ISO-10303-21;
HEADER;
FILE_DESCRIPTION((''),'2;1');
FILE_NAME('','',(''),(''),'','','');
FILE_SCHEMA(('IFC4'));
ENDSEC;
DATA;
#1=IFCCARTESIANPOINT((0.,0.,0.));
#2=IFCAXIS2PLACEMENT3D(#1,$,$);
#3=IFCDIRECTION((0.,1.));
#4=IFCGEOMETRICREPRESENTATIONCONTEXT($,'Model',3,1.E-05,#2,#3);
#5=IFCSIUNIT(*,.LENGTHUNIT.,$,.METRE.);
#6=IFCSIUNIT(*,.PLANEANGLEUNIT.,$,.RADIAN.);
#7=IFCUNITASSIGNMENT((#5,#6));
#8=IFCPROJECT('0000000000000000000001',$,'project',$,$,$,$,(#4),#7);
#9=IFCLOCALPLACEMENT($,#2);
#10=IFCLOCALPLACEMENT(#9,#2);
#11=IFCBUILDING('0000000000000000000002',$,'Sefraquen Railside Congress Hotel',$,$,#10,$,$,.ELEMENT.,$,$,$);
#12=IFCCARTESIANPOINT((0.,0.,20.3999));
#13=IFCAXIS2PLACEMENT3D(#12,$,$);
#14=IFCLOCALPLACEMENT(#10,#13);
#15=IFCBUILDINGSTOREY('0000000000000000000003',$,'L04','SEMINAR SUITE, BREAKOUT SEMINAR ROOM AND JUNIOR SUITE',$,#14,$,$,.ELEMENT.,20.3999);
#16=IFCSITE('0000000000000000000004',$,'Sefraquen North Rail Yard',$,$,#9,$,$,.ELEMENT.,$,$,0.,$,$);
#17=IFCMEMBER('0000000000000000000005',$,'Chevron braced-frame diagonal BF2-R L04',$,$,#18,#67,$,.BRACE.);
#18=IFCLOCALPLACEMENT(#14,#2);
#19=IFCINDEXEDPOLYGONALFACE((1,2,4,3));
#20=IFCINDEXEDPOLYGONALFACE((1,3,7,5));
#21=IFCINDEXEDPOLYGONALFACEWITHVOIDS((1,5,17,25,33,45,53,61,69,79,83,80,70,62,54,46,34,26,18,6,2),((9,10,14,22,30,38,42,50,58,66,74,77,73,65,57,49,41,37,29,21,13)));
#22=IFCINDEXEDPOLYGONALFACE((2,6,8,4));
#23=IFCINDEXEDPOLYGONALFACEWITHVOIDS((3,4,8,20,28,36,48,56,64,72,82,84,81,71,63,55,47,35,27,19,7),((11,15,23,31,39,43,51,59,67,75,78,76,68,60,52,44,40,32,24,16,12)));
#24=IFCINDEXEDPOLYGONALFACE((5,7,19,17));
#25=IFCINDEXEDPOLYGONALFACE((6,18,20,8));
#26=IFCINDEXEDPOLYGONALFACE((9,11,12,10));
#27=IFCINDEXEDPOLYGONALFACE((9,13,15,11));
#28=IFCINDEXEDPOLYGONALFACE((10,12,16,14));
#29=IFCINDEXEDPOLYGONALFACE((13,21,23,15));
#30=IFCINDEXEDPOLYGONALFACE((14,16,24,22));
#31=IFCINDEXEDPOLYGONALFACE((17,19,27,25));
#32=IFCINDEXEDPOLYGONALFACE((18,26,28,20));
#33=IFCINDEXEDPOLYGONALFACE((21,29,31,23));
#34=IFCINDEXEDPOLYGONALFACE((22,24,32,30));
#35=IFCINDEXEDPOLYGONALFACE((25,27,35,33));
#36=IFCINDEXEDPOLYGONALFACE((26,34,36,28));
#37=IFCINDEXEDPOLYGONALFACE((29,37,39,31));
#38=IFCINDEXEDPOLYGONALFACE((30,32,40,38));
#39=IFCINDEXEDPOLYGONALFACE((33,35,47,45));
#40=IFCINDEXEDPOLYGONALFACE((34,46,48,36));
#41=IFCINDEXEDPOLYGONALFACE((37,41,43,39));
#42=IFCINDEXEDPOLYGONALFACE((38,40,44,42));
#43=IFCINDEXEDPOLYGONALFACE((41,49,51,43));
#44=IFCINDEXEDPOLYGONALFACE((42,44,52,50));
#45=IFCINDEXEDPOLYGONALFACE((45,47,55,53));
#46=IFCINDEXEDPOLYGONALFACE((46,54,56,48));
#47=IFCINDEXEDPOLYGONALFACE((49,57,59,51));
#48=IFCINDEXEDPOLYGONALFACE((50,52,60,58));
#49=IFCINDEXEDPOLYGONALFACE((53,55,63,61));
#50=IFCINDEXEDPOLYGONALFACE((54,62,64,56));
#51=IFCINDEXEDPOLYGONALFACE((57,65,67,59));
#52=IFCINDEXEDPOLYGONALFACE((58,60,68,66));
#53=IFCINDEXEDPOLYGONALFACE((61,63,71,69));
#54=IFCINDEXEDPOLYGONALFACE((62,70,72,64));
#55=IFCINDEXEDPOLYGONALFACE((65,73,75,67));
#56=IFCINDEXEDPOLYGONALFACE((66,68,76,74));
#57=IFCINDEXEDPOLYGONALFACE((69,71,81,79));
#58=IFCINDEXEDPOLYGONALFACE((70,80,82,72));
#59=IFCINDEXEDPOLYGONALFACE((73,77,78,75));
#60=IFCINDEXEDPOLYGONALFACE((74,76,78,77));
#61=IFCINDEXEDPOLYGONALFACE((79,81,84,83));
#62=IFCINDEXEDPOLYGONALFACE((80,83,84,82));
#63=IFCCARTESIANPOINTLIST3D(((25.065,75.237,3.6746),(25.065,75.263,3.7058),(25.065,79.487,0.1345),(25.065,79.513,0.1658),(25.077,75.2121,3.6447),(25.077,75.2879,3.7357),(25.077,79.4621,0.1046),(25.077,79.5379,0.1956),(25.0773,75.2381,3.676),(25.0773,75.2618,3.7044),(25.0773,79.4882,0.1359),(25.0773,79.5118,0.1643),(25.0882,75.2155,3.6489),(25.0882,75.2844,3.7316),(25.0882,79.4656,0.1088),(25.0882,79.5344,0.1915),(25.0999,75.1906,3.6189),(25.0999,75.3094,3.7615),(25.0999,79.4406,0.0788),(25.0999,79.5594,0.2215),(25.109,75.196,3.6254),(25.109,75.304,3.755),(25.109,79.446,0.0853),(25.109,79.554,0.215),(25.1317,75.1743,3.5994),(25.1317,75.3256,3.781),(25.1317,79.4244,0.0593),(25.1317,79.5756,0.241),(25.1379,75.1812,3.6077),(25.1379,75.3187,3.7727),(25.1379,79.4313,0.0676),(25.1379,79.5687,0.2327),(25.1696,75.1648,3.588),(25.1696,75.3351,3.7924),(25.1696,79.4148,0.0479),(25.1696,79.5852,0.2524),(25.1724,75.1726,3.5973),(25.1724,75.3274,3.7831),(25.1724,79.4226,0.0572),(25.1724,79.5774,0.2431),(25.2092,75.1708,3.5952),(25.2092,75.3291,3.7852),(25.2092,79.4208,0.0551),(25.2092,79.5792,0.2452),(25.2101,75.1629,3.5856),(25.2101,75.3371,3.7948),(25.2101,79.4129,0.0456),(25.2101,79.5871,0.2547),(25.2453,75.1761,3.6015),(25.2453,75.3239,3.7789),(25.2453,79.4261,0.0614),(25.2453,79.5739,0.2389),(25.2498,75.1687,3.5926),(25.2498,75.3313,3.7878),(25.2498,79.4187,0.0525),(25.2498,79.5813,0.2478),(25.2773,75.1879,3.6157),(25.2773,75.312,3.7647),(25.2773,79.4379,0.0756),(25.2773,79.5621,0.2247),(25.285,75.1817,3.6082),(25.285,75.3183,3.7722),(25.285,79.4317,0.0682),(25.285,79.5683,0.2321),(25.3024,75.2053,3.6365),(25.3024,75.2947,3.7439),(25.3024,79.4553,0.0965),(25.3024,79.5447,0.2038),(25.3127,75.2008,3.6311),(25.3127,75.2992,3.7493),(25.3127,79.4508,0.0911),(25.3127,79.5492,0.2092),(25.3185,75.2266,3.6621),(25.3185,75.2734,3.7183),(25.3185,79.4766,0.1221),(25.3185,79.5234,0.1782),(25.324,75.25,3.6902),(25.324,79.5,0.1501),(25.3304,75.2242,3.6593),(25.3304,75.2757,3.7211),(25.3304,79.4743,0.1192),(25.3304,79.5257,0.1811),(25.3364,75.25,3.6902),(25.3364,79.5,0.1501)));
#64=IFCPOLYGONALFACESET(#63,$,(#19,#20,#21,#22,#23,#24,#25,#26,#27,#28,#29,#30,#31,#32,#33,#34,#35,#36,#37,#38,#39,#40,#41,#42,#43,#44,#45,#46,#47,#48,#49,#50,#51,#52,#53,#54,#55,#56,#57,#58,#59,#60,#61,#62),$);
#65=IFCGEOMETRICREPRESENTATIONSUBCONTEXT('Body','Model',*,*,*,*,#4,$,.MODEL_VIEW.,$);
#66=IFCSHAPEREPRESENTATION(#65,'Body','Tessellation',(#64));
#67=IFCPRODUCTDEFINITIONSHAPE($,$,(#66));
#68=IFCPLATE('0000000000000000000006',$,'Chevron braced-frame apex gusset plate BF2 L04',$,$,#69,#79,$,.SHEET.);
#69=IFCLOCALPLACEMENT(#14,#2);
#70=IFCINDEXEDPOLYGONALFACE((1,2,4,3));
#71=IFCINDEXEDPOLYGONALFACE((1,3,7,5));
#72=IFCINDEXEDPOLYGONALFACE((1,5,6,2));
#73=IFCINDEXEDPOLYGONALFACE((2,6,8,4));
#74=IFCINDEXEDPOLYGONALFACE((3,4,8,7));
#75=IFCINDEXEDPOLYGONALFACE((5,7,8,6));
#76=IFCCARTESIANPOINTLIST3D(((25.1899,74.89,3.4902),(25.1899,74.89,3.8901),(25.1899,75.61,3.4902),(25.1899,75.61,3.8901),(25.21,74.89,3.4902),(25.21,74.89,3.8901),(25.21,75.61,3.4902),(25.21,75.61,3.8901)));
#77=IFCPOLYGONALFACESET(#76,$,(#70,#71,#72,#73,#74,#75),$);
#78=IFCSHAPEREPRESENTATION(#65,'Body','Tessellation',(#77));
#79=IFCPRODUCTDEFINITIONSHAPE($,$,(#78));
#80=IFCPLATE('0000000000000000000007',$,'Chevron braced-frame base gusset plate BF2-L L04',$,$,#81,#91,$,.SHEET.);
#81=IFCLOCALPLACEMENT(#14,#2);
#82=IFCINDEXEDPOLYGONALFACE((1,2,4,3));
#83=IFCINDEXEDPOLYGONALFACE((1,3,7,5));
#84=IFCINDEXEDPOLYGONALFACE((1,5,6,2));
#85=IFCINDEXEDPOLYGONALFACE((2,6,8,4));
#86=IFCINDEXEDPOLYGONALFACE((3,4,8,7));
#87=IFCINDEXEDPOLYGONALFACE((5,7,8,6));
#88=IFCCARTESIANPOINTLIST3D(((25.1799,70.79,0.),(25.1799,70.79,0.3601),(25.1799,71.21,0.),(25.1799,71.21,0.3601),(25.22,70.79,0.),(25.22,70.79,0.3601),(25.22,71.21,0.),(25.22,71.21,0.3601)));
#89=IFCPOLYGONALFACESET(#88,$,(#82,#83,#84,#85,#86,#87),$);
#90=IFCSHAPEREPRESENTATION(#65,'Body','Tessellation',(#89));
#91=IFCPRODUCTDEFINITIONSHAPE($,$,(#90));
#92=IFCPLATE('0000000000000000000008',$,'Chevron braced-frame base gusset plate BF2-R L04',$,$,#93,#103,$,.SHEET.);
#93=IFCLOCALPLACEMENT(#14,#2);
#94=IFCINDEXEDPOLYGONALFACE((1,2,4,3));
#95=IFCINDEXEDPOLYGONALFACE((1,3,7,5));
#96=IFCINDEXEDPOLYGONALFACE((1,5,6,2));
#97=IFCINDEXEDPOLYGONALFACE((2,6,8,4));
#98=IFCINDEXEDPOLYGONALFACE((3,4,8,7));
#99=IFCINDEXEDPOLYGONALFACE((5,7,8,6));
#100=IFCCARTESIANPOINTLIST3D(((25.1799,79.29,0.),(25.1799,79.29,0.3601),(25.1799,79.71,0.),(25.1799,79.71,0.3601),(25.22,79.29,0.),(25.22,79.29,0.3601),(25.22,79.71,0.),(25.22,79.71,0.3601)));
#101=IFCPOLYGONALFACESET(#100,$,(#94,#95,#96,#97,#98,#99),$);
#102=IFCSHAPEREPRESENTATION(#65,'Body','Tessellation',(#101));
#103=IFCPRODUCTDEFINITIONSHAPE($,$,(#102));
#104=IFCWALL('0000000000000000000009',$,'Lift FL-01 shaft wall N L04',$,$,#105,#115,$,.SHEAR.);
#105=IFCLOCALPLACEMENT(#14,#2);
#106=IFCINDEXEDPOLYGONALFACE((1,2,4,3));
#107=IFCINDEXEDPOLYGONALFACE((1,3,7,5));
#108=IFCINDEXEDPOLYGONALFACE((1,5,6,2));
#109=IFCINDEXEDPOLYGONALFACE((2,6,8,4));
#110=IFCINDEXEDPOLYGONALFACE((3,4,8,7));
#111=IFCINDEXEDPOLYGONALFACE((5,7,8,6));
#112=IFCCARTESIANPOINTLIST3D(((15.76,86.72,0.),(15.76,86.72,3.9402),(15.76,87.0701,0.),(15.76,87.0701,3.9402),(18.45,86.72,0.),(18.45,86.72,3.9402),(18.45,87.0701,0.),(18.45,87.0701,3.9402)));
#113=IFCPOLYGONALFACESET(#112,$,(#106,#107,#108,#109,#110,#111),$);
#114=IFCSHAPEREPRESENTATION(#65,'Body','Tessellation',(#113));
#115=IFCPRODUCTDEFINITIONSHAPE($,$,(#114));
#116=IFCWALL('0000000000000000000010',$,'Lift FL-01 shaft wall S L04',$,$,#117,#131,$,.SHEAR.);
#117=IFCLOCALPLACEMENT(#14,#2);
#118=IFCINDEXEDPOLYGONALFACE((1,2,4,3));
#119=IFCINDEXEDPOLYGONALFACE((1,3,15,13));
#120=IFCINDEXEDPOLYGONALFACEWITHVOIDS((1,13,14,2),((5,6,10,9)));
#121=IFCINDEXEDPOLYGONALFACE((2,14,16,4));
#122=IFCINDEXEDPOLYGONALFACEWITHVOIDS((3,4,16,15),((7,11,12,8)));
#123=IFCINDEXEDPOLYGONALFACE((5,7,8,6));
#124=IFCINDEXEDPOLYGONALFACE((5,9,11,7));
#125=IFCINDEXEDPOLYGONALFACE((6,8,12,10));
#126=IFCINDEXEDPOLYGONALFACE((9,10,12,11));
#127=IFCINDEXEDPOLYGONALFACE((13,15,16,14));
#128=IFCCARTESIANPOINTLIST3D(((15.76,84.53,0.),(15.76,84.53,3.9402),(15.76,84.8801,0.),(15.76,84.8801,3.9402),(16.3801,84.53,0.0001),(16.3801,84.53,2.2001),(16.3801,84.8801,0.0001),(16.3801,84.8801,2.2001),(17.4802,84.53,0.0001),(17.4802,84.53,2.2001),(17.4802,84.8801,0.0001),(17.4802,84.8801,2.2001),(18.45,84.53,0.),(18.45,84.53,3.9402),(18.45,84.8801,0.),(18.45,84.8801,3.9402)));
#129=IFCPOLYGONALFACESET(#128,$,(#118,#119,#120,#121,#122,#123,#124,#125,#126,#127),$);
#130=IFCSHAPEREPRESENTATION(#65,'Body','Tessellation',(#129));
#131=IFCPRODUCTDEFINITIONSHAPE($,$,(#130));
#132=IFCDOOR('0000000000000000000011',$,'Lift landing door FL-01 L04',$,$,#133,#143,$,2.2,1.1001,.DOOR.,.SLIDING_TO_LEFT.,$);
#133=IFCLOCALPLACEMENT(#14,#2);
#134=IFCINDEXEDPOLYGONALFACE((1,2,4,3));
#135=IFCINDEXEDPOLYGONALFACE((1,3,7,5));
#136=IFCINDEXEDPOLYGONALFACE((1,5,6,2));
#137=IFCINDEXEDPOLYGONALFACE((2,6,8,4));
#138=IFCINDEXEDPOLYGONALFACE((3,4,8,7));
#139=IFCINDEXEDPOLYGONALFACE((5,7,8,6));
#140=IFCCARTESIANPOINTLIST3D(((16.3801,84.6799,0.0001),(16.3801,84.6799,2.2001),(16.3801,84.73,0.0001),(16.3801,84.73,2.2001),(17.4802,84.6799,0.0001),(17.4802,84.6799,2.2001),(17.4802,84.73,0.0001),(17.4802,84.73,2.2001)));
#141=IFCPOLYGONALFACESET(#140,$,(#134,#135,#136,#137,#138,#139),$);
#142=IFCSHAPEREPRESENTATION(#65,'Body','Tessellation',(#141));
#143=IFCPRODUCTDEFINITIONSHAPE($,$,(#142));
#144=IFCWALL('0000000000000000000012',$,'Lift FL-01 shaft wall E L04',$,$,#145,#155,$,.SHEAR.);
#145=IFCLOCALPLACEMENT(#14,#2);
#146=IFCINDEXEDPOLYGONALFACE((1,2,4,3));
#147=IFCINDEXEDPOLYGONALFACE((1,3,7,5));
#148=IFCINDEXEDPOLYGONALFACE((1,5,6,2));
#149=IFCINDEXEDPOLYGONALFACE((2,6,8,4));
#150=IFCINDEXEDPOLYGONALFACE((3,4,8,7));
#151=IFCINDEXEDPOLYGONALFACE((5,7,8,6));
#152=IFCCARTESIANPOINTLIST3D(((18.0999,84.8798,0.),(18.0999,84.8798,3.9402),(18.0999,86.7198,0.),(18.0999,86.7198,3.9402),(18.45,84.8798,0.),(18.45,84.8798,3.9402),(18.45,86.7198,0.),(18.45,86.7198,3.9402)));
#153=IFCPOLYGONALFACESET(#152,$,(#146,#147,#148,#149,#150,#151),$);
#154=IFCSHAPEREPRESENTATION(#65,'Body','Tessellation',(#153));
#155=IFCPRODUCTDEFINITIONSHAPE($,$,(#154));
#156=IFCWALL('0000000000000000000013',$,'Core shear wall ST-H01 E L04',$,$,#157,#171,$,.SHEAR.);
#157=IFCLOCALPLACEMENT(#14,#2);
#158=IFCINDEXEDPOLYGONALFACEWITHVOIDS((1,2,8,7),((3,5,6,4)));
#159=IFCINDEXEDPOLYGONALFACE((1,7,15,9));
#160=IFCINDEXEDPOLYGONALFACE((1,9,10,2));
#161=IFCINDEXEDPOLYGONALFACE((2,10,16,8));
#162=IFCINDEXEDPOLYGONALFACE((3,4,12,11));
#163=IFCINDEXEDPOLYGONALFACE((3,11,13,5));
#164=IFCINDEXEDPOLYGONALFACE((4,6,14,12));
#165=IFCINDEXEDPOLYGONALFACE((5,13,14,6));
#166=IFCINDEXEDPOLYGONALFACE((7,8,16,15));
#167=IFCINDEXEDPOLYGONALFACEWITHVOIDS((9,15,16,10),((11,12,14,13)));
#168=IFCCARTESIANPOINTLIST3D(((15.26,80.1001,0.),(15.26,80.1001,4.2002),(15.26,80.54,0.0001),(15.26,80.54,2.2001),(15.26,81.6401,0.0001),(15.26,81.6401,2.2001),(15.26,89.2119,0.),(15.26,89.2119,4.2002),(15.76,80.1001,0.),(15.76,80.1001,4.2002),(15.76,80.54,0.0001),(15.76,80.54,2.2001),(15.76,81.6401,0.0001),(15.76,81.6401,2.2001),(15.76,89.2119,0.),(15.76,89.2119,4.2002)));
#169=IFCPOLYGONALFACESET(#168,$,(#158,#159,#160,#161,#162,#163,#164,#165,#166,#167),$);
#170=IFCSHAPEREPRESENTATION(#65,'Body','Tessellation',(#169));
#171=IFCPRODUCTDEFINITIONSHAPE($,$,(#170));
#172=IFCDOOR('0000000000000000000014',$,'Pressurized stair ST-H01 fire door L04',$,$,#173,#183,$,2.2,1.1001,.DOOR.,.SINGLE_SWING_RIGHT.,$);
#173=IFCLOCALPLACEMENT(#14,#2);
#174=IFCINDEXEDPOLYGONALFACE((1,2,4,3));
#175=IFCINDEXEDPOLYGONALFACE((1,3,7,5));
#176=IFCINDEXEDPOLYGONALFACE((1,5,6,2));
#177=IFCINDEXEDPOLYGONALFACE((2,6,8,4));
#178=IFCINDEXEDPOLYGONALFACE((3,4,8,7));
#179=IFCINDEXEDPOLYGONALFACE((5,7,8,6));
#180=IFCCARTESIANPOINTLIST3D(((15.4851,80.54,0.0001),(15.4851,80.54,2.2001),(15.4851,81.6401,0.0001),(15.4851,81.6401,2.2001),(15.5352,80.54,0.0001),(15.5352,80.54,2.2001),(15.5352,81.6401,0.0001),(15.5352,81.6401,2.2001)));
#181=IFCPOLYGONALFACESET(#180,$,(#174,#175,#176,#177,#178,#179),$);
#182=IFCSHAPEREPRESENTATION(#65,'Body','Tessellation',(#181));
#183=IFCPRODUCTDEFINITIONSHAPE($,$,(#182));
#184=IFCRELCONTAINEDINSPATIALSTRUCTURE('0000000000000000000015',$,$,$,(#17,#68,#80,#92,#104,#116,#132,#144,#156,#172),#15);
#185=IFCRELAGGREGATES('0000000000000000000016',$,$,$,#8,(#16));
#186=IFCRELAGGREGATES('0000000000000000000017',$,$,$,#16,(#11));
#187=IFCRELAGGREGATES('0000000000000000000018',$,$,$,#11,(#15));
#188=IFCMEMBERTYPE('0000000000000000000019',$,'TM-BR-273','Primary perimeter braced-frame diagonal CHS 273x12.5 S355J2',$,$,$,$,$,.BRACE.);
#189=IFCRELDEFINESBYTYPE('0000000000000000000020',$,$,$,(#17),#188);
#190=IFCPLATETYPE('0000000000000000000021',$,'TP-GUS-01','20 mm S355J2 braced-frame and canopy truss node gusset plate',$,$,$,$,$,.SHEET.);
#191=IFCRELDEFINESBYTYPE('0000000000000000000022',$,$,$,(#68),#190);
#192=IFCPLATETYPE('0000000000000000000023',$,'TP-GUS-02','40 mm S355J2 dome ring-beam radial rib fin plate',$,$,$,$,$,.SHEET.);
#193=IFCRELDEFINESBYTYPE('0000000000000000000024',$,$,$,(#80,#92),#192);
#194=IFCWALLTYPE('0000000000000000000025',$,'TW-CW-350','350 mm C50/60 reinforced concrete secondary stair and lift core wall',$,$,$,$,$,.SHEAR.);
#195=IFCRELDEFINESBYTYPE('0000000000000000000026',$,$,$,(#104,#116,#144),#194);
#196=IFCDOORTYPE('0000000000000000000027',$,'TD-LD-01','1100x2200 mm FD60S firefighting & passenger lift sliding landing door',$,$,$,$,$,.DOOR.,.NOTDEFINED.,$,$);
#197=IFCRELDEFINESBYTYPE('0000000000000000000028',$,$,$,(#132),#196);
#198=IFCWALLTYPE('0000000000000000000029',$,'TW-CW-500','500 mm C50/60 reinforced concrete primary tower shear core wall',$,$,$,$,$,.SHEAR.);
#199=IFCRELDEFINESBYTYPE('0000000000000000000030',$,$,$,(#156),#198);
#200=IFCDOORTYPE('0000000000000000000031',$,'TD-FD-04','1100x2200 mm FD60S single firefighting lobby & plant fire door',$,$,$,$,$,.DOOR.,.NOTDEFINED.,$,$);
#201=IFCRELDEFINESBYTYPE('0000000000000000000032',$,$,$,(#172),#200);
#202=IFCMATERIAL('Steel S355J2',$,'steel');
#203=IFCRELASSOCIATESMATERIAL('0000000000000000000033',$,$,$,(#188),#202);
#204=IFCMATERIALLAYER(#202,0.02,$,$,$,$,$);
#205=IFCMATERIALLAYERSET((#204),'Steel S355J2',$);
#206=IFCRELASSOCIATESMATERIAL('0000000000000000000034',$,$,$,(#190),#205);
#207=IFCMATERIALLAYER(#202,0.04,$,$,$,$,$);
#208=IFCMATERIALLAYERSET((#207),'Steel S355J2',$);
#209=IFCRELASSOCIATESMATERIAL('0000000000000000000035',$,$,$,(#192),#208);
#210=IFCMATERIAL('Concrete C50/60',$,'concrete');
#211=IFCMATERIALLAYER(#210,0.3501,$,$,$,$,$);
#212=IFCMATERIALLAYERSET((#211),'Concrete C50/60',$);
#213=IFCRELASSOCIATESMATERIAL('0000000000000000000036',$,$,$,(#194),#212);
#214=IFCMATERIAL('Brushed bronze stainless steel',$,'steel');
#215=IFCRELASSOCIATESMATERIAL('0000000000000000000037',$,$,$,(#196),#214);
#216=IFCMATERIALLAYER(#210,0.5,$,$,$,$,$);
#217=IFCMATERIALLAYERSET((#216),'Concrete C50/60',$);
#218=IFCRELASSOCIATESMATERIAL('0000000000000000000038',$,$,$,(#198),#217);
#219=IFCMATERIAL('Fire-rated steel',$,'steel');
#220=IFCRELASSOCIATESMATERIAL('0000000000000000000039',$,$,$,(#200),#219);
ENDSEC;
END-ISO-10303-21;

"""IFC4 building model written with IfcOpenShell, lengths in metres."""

from ifc_helpers import new_model, si_unit, direction, frame, frame_2d, origin, origin_2d, place, context, subcontext, project, spatial, rectangle, hollow_circle, extrude, material, layer, layer_set, material_profile, profile_set, type_object, element, fill, save


model = new_model("IFC4")

# Units and contexts
model_context = context("Model", 3, precision=1e-05, world=origin(), true_north=direction((0.0, 1.0)))
body_context = subcontext(model_context, "Body", "Model", "MODEL_VIEW")
ifc_project = project(units=[si_unit("LENGTHUNIT", "METRE"), si_unit("PLANEANGLEUNIT", "RADIAN")], contexts=[model_context])

# Site, building, storey
site_placement = place(None, origin())
site = spatial("IfcSite", under=ifc_project, at=site_placement, Name="Sefraquen North Rail Yard", CompositionType="ELEMENT", RefElevation=0.0)
building_placement = place(site_placement, origin())
building = spatial("IfcBuilding", under=site, at=building_placement, Name="Sefraquen Railside Congress Hotel", CompositionType="ELEMENT")
storey_placement = place(building_placement, frame((0.0, 0.0, 20.3999)))
storey = spatial("IfcBuildingStorey", under=building, at=storey_placement, Name="L04", Description="SEMINAR SUITE, BREAKOUT SEMINAR ROOM AND JUNIOR SUITE", CompositionType="ELEMENT", Elevation=20.3999)

# Member
ifc_material_1 = material(Name="Steel S355J2", Category="steel")
ifc_material_profile_1 = material_profile(ifc_material_1, hollow_circle(Radius=0.1365, WallThickness=0.0125, at=origin_2d()), Name="CHS 273x12.5")
ifc_profile_set_1 = profile_set([ifc_material_profile_1], Name="Steel S355J2")
member_type = type_object("IfcMemberType", Name="TM-BR-273", Description="Primary perimeter braced-frame diagonal CHS 273x12.5 S355J2", PredefinedType="BRACE", material=ifc_profile_set_1)
for number, where, z_axis, x_axis, name in (
    (1, (25.2, 79.5, 0.1501), (0.0, -0.768366, 0.640011), (1.0, 0.0, 0.0), "Chevron braced-frame diagonal BF2-R L04"),
):
    element("IfcMember", number, at=place(storey_placement, frame(where, z_axis=z_axis, x_axis=x_axis)), inside=storey, type_object=member_type, Name=name, PredefinedType="BRACE", context=body_context, shape_type="SweptSolid", body=[
        extrude(hollow_circle(Radius=0.1365, WallThickness=0.0125, at=origin_2d()), origin(), (0.0, 0.0, 1.0), 5.5312),
    ])

# Plates
ifc_layer_1 = layer(ifc_material_1, 0.02)
ifc_layer_set_1 = layer_set([ifc_layer_1], Name="Steel S355J2")
plate_type_1 = type_object("IfcPlateType", Name="TP-GUS-01", Description="20 mm S355J2 braced-frame and canopy truss node gusset plate", PredefinedType="SHEET", material=ifc_layer_set_1)
plate_placement = place(storey_placement, frame((25.2, 75.25, 3.4902), z_axis=(0.0, 0.0, 1.0), x_axis=(0.0, 1.0, 0.0)))
element("IfcPlate", 2, at=plate_placement, inside=storey, type_object=plate_type_1, Name="Chevron braced-frame apex gusset plate BF2 L04", PredefinedType="SHEET", context=body_context, shape_type="SweptSolid", body=[
    extrude(rectangle(XDim=0.72, YDim=0.02, at=origin_2d()), origin(), (0.0, 0.0, 1.0), 0.3999),
])
ifc_layer_2 = layer(ifc_material_1, 0.04)
ifc_layer_set_2 = layer_set([ifc_layer_2], Name="Steel S355J2")
plate_type_2 = type_object("IfcPlateType", Name="TP-GUS-02", Description="40 mm S355J2 dome ring-beam radial rib fin plate", PredefinedType="SHEET", material=ifc_layer_set_2)
for number, where, z_axis, x_axis, name in (
    (3, (25.2, 71.0, 0.0), (0.0, 0.0, 1.0), (0.0, 1.0, 0.0), "Chevron braced-frame base gusset plate BF2-L L04"),
    (4, (25.2, 79.5, 0.0), (0.0, 0.0, 1.0), (0.0, 1.0, 0.0), "Chevron braced-frame base gusset plate BF2-R L04"),
):
    element("IfcPlate", number, at=place(storey_placement, frame(where, z_axis=z_axis, x_axis=x_axis)), inside=storey, type_object=plate_type_2, Name=name, PredefinedType="SHEET", context=body_context, shape_type="SweptSolid", body=[
        extrude(rectangle(XDim=0.4199, YDim=0.04, at=origin_2d()), origin(), (0.0, 0.0, 1.0), 0.3601),
    ])

# Wall
ifc_material_2 = material(Name="Concrete C50/60", Category="concrete")
ifc_layer_3 = layer(ifc_material_2, 0.3501)
ifc_layer_set_3 = layer_set([ifc_layer_3], Name="Concrete C50/60")
wall_type_1 = type_object("IfcWallType", Name="TW-CW-350", Description="350 mm C50/60 reinforced concrete secondary stair and lift core wall", PredefinedType="SHEAR", material=ifc_layer_set_3)
wall_1_placement = place(storey_placement, frame((15.76, 86.895, 0.0), z_axis=(0.0, 0.0, 1.0), x_axis=(1.0, 0.0, 0.0)))
element("IfcWall", 5, at=wall_1_placement, inside=storey, type_object=wall_type_1, Name="Lift FL-01 shaft wall N L04", PredefinedType="SHEAR", context=body_context, shape_type="SweptSolid", body=[
    extrude(rectangle(XDim=2.6899, YDim=0.3501, at=frame_2d((1.345, 0.0))), origin(), (0.0, 0.0, 1.0), 3.9402),
])

# Wall, opening, door
wall_2_placement = place(storey_placement, frame((15.76, 84.7051, 0.0), z_axis=(0.0, 0.0, 1.0), x_axis=(1.0, 0.0, 0.0)))
wall_2 = element("IfcWall", 6, at=wall_2_placement, inside=storey, type_object=wall_type_1, Name="Lift FL-01 shaft wall S L04", PredefinedType="SHEAR", context=body_context, shape_type="SweptSolid", body=[
    extrude(rectangle(XDim=2.6899, YDim=0.3501, at=frame_2d((1.345, 0.0))), origin(), (0.0, 0.0, 1.0), 3.9402),
])
opening_1_placement = place(wall_2_placement, frame((0.6201, 0.0, 0.0)))
opening_1 = element("IfcOpeningElement", 7, at=opening_1_placement, cuts=wall_2, PredefinedType="OPENING", context=body_context, shape_type="SweptSolid", body=[
    extrude(rectangle(XDim=1.1001, YDim=2.2, at=frame_2d((0.55, 1.1001))), frame((0.0, 0.1851, 0.0), z_axis=(0.0, -1.0, 0.0), x_axis=(1.0, 0.0, 0.0)), (0.0, 0.0, 1.0), 0.3701),
])
ifc_material_3 = material(Name="Brushed bronze stainless steel", Category="steel")
door_type_1 = type_object("IfcDoorType", Name="TD-LD-01", Description="1100x2200 mm FD60S firefighting & passenger lift sliding landing door", OperationType="NOTDEFINED", PredefinedType="DOOR", material=ifc_material_3)
door_1_placement = place(opening_1_placement, origin())
door_1 = element("IfcDoor", 8, at=door_1_placement, inside=storey, type_object=door_type_1, Name="Lift landing door FL-01 L04", OperationType="SLIDING_TO_LEFT", OverallHeight=2.2, OverallWidth=1.1001, PredefinedType="DOOR", context=body_context, shape_type="SweptSolid", body=[
    extrude(rectangle(XDim=1.1001, YDim=2.2, at=frame_2d((0.55, 1.1001))), frame((0.0, 0.0249, 0.0), z_axis=(0.0, -1.0, 0.0), x_axis=(1.0, 0.0, 0.0)), (0.0, 0.0, 1.0), 0.05),
])
fill(opening_1, door_1)

# Wall
wall_3_placement = place(storey_placement, frame((18.2749, 84.8799, 0.0), z_axis=(0.0, 0.0, 1.0), x_axis=(0.0, 1.0, 0.0)))
element("IfcWall", 9, at=wall_3_placement, inside=storey, type_object=wall_type_1, Name="Lift FL-01 shaft wall E L04", PredefinedType="SHEAR", context=body_context, shape_type="SweptSolid", body=[
    extrude(rectangle(XDim=1.8401, YDim=0.3501, at=frame_2d((0.9199, 0.0))), origin(), (0.0, 0.0, 1.0), 3.9402),
])

# Wall, opening, door
ifc_layer_4 = layer(ifc_material_2, 0.5)
ifc_layer_set_4 = layer_set([ifc_layer_4], Name="Concrete C50/60")
wall_type_2 = type_object("IfcWallType", Name="TW-CW-500", Description="500 mm C50/60 reinforced concrete primary tower shear core wall", PredefinedType="SHEAR", material=ifc_layer_set_4)
wall_4_placement = place(storey_placement, frame((15.51, 80.1001, 0.0), z_axis=(0.0, 0.0, 1.0), x_axis=(0.0, 1.0, 0.0)))
wall_4 = element("IfcWall", 10, at=wall_4_placement, inside=storey, type_object=wall_type_2, Name="Core shear wall ST-H01 E L04", PredefinedType="SHEAR", context=body_context, shape_type="SweptSolid", body=[
    extrude(rectangle(XDim=9.1118, YDim=0.5, at=frame_2d((4.5559, 0.0))), origin(), (0.0, 0.0, 1.0), 4.2002),
])
opening_2_placement = place(wall_4_placement, frame((0.4399, 0.0, 0.0)))
opening_2 = element("IfcOpeningElement", 11, at=opening_2_placement, cuts=wall_4, PredefinedType="OPENING", context=body_context, shape_type="SweptSolid", body=[
    extrude(rectangle(XDim=1.1001, YDim=2.2, at=frame_2d((0.55, 1.1001))), frame((0.0, 0.26, 0.0), z_axis=(0.0, -1.0, 0.0), x_axis=(1.0, 0.0, 0.0)), (0.0, 0.0, 1.0), 0.52),
])
ifc_material_4 = material(Name="Fire-rated steel", Category="steel")
door_type_2 = type_object("IfcDoorType", Name="TD-FD-04", Description="1100x2200 mm FD60S single firefighting lobby & plant fire door", OperationType="NOTDEFINED", PredefinedType="DOOR", material=ifc_material_4)
door_2_placement = place(opening_2_placement, origin())
door_2 = element("IfcDoor", 12, at=door_2_placement, inside=storey, type_object=door_type_2, Name="Pressurized stair ST-H01 fire door L04", OperationType="SINGLE_SWING_RIGHT", OverallHeight=2.2, OverallWidth=1.1001, PredefinedType="DOOR", context=body_context, shape_type="SweptSolid", body=[
    extrude(rectangle(XDim=1.1001, YDim=2.2, at=frame_2d((0.55, 1.1001))), frame((0.0, 0.0249, 0.0), z_axis=(0.0, -1.0, 0.0), x_axis=(1.0, 0.0, 0.0)), (0.0, 0.0, 1.0), 0.05),
])
fill(opening_2, door_2)

save(model, "model.ifc")
